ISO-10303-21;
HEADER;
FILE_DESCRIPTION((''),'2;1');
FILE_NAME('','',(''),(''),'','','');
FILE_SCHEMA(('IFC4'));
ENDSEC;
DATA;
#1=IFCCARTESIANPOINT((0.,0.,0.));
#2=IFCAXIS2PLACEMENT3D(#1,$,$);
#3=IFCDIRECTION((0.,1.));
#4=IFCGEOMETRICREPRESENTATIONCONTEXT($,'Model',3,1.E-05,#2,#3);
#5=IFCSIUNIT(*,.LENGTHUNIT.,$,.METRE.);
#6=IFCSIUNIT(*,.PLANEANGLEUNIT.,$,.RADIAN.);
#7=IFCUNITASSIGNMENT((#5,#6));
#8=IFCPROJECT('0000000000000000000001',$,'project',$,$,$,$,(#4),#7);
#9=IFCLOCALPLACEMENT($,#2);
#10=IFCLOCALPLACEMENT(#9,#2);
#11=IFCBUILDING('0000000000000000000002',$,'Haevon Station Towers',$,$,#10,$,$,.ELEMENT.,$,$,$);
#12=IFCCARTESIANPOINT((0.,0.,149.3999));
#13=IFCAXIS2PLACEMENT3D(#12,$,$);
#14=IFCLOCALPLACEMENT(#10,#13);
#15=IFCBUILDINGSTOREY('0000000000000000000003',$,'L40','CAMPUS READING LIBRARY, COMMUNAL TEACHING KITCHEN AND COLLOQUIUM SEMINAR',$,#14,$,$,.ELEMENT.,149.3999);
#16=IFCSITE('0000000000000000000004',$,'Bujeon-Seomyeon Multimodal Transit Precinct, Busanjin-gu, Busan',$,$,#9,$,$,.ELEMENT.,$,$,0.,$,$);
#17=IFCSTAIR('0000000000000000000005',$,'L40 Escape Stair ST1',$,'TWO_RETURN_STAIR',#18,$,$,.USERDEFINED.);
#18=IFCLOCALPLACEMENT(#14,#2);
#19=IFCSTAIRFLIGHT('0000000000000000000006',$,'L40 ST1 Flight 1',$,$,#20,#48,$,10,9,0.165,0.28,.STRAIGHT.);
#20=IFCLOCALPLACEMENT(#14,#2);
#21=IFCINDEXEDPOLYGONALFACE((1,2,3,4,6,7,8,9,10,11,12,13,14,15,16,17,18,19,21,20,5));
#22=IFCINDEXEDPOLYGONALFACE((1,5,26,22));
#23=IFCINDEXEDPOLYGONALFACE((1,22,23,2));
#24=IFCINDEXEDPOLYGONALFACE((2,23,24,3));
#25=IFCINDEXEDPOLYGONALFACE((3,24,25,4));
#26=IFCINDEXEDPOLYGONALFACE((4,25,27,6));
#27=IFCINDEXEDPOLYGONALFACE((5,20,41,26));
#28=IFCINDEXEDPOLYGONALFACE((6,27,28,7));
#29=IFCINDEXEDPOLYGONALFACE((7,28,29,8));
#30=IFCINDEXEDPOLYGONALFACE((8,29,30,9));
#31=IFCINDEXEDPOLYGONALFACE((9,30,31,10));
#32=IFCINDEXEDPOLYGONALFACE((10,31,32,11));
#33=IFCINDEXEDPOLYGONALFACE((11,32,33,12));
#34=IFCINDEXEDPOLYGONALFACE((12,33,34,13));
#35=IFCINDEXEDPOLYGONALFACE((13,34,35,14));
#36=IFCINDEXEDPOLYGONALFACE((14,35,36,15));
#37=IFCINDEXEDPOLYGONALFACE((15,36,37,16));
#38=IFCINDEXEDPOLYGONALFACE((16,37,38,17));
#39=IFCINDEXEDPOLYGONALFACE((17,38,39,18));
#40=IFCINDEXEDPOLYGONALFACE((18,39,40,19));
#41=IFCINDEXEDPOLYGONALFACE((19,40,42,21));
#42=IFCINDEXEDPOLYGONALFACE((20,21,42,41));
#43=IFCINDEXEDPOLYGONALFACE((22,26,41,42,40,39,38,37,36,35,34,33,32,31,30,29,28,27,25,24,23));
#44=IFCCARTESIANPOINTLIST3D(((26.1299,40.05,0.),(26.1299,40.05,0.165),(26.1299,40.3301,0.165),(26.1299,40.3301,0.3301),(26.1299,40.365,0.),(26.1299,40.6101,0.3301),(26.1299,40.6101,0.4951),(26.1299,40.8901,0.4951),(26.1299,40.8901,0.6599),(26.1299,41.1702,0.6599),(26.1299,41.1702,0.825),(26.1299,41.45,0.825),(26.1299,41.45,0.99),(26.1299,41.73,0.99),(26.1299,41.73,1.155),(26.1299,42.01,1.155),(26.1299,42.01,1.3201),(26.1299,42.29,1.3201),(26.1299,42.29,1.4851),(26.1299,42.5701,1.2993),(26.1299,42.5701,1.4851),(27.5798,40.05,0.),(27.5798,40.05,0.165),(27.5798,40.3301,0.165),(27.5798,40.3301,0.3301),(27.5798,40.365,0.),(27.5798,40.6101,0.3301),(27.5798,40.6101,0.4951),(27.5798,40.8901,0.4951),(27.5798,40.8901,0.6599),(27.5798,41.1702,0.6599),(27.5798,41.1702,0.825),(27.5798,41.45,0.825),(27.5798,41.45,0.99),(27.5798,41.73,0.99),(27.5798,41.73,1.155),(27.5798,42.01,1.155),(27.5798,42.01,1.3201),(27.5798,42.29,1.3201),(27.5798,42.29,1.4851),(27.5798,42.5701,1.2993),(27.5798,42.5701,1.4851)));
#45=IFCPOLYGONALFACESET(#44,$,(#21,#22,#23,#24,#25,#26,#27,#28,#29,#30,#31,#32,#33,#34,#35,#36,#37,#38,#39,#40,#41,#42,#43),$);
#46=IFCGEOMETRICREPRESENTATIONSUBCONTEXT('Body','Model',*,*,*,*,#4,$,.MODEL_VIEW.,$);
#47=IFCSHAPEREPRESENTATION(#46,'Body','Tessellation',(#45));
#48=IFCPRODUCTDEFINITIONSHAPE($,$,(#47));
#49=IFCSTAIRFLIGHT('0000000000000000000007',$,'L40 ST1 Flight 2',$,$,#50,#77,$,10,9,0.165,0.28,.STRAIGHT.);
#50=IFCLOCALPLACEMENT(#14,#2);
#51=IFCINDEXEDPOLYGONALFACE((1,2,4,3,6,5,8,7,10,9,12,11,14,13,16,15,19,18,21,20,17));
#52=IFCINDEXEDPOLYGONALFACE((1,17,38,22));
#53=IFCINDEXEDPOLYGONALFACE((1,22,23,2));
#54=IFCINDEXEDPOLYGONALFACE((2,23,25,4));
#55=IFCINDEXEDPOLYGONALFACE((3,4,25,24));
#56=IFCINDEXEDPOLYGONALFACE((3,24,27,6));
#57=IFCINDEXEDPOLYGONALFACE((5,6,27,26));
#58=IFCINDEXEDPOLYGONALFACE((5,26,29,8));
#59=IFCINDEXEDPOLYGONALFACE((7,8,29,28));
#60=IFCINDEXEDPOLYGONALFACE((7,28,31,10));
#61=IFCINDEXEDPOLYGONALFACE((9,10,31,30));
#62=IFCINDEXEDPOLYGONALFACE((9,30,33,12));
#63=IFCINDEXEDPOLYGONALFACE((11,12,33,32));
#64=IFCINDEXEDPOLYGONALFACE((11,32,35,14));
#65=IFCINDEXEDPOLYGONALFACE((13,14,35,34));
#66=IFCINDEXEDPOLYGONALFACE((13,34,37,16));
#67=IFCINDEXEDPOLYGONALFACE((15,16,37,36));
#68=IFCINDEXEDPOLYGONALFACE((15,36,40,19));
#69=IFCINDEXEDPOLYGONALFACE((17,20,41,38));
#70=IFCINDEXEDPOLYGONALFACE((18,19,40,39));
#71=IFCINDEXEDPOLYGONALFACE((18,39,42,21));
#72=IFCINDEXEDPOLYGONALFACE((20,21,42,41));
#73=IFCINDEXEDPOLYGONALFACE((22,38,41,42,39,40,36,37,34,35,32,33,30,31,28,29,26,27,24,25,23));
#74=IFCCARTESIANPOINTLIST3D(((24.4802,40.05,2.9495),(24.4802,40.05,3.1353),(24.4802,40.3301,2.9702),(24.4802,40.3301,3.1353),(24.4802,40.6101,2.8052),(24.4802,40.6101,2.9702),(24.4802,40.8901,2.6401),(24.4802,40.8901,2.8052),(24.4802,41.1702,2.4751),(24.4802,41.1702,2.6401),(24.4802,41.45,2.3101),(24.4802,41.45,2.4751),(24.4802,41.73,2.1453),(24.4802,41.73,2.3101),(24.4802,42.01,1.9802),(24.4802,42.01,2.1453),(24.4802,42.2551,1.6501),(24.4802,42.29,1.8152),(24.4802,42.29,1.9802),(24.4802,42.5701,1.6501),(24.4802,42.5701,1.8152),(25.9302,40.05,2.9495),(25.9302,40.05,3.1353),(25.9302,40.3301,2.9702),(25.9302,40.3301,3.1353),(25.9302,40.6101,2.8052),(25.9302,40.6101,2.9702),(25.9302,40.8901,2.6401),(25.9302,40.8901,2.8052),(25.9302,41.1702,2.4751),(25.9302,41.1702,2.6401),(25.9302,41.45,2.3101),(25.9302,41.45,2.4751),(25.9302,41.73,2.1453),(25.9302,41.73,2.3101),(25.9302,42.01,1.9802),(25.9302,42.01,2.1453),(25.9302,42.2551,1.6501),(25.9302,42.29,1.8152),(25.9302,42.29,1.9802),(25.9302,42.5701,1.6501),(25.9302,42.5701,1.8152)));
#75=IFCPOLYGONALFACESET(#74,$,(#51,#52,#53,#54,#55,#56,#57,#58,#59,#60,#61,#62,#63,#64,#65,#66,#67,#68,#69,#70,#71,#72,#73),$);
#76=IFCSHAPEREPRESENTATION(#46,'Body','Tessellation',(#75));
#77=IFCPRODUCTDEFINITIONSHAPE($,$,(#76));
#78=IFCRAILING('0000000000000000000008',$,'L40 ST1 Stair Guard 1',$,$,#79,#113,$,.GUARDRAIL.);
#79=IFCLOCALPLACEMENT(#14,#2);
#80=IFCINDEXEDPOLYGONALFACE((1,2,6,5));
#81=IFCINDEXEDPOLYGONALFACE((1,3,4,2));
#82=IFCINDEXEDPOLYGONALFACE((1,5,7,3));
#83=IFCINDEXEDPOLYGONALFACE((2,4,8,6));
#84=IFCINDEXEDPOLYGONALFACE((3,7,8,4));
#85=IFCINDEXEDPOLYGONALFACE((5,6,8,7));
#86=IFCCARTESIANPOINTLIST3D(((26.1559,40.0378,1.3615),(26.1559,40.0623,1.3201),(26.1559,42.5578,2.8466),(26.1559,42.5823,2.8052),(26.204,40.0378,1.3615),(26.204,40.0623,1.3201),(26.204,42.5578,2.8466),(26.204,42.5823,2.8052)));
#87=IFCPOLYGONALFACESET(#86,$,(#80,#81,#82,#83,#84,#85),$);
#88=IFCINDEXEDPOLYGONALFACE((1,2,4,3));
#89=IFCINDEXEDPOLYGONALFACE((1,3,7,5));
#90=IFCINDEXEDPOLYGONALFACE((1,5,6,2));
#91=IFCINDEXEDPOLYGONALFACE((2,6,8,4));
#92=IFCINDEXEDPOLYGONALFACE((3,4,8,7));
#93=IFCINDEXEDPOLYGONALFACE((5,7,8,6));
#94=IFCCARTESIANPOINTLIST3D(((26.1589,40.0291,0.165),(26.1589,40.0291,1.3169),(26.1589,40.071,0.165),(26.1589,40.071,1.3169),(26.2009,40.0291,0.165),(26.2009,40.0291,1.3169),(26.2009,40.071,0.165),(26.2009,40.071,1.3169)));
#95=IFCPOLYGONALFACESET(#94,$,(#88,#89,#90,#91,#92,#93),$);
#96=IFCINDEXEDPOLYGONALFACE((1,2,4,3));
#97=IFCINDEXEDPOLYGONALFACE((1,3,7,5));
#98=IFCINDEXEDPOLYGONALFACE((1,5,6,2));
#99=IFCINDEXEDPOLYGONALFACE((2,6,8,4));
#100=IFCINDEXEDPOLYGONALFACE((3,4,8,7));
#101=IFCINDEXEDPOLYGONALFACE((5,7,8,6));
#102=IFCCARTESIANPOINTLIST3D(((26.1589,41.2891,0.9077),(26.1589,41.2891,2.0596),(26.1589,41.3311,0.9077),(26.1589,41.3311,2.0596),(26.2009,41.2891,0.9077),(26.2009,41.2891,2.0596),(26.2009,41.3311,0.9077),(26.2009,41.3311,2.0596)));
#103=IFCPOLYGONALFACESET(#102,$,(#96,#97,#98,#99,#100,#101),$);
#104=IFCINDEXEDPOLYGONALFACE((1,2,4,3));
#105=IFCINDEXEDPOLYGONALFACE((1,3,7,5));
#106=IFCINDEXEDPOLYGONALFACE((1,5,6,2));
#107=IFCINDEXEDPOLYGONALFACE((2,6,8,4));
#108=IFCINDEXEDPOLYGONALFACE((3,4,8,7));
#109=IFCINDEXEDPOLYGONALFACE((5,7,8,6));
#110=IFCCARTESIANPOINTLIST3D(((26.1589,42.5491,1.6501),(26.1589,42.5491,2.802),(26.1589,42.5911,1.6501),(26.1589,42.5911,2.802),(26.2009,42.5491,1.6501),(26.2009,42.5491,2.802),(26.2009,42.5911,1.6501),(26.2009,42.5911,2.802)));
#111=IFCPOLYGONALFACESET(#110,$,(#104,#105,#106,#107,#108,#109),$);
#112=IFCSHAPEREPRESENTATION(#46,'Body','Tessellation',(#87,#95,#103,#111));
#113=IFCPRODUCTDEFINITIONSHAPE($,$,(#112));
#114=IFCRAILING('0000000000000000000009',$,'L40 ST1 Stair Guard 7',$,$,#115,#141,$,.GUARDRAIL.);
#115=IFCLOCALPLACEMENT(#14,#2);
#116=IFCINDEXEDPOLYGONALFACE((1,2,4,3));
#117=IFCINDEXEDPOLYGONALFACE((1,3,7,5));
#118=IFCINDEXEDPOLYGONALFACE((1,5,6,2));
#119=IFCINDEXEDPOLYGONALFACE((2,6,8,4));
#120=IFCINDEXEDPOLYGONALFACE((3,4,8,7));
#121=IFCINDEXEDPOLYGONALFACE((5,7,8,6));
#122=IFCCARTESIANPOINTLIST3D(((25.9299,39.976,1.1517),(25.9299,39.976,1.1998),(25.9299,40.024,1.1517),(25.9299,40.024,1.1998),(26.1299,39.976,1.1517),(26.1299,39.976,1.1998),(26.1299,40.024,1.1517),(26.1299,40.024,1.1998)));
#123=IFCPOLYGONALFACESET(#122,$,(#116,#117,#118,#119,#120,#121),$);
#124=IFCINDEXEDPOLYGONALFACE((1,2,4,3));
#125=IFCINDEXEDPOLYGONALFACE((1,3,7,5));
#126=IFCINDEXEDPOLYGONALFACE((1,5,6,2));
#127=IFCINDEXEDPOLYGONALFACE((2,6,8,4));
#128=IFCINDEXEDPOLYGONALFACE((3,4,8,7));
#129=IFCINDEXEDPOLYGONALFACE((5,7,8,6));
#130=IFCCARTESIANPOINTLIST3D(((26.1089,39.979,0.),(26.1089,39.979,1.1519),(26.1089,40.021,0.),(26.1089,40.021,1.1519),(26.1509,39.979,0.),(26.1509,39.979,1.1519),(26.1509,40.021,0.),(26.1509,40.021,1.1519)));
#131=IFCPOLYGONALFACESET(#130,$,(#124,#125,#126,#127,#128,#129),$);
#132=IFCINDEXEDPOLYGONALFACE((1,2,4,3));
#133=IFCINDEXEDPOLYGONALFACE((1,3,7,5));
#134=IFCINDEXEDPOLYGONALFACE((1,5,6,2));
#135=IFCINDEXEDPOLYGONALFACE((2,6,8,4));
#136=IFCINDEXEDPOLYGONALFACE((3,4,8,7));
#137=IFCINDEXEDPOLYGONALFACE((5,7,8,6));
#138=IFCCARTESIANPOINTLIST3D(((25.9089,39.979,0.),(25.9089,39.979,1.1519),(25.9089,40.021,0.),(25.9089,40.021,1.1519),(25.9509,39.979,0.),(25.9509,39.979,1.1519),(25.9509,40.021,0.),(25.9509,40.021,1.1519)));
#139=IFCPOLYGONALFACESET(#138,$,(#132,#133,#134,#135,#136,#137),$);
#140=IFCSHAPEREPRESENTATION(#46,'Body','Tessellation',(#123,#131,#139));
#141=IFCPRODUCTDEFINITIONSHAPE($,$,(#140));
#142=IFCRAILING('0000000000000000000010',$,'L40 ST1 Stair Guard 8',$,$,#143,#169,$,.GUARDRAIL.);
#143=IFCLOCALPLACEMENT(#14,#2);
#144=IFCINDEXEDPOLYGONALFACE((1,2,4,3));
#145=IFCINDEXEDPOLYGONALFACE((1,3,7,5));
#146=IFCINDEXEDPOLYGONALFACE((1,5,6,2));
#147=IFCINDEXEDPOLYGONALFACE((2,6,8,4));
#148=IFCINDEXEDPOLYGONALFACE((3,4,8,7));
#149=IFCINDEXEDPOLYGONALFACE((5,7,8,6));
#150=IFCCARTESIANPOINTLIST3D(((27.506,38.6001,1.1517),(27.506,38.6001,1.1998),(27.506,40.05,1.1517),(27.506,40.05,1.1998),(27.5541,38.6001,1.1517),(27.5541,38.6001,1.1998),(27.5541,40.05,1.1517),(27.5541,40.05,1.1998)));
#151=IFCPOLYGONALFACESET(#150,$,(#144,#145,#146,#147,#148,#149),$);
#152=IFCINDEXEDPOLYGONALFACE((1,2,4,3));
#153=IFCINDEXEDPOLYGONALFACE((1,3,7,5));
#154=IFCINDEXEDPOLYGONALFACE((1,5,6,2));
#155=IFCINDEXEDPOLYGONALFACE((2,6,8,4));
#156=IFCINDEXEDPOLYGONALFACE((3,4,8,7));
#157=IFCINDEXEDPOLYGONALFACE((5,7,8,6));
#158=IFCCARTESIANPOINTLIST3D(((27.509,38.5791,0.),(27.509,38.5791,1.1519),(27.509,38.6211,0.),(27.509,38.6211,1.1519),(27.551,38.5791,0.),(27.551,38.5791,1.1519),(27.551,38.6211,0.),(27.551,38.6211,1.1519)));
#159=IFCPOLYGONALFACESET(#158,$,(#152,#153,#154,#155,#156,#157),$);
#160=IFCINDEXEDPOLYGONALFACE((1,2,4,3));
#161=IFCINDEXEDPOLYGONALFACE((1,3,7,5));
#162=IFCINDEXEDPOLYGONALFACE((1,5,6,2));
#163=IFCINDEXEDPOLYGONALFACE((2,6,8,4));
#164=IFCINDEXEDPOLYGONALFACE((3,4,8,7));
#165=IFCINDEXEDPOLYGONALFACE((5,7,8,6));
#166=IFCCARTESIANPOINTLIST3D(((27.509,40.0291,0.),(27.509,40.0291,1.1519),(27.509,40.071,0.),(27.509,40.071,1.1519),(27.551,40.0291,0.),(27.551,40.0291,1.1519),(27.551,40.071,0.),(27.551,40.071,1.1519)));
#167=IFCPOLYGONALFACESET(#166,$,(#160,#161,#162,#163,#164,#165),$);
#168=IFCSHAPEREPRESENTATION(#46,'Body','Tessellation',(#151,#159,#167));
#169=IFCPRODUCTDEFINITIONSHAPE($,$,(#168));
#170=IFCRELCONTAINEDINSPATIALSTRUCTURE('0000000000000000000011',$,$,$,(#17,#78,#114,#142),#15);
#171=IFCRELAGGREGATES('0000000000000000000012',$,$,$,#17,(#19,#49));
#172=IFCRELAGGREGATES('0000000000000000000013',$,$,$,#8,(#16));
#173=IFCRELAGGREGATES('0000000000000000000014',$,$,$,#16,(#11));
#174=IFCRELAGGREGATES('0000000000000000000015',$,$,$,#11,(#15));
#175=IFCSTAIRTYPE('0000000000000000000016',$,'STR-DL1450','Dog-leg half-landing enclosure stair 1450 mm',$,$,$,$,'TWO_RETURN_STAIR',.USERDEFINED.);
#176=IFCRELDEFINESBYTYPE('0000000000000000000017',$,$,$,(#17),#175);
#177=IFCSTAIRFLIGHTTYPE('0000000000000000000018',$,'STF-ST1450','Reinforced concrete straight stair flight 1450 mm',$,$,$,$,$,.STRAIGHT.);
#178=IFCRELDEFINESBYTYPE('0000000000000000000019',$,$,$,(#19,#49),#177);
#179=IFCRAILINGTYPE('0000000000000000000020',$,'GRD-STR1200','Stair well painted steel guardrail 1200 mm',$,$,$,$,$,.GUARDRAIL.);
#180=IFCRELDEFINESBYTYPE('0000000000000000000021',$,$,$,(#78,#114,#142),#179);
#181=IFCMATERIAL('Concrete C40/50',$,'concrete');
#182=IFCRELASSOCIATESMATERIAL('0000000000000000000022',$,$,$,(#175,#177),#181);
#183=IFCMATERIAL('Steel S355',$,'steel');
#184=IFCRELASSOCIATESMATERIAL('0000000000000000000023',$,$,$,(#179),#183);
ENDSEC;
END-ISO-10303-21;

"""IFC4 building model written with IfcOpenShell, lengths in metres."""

from ifc_helpers import new_model, si_unit, direction, frame, origin, origin_2d, place, context, subcontext, project, spatial, polyline, rectangle, outline, extrude, material, type_object, element, aggregate, save


model = new_model("IFC4")

# Units and contexts
model_context = context("Model", 3, precision=1e-05, world=origin(), true_north=direction((0.0, 1.0)))
body_context = subcontext(model_context, "Body", "Model", "MODEL_VIEW")
ifc_project = project(units=[si_unit("LENGTHUNIT", "METRE"), si_unit("PLANEANGLEUNIT", "RADIAN")], contexts=[model_context])

# Site, building, storey
site_placement = place(None, origin())
site = spatial("IfcSite", under=ifc_project, at=site_placement, Name="Bujeon-Seomyeon Multimodal Transit Precinct, Busanjin-gu, Busan", CompositionType="ELEMENT", RefElevation=0.0)
building_placement = place(site_placement, origin())
building = spatial("IfcBuilding", under=site, at=building_placement, Name="Haevon Station Towers", CompositionType="ELEMENT")
storey_placement = place(building_placement, frame((0.0, 0.0, 149.3999)))
storey = spatial("IfcBuildingStorey", under=building, at=storey_placement, Name="L40", Description="CAMPUS READING LIBRARY, COMMUNAL TEACHING KITCHEN AND COLLOQUIUM SEMINAR", CompositionType="ELEMENT", Elevation=149.3999)

# Shared definitions
ifc_material_1 = material(Name="Steel S355", Category="steel")

# Stair, stair flights
ifc_material_2 = material(Name="Concrete C40/50", Category="concrete")
stair_type = type_object("IfcStairType", Name="STR-DL1450", Description="Dog-leg half-landing enclosure stair 1450 mm", ElementType="TWO_RETURN_STAIR", PredefinedType="USERDEFINED", material=ifc_material_2)
stair_placement = place(storey_placement, origin())
stair = element("IfcStair", 1, at=stair_placement, inside=storey, type_object=stair_type, Name="L40 Escape Stair ST1", ObjectType="TWO_RETURN_STAIR", PredefinedType="USERDEFINED")
stair_flight_type = type_object("IfcStairFlightType", Name="STF-ST1450", Description="Reinforced concrete straight stair flight 1450 mm", PredefinedType="STRAIGHT", material=ifc_material_2)
stair_flight_1_placement = place(storey_placement, frame((26.855, 40.05, 0.0), z_axis=(0.0, 0.0, 1.0), x_axis=(0.0, 1.0, 0.0)))
stair_flight_1 = element("IfcStairFlight", 2, at=stair_flight_1_placement, type_object=stair_flight_type, Name="L40 ST1 Flight 1", NumberOfRisers=10, NumberOfTreads=9, PredefinedType="STRAIGHT", RiserHeight=0.165, TreadLength=0.28, context=body_context, shape_type="SweptSolid", body=[
    extrude(outline(polyline([(0.0, 0.0), (0.0, 0.165), (0.28, 0.165), (0.28, 0.3301), (0.5601, 0.3301), (0.5601, 0.4951), (0.8401, 0.4951), (0.8401, 0.6599), (1.1201, 0.6599), (1.1201, 0.825), (1.3999, 0.825), (1.3999, 0.99), (1.6799, 0.99), (1.6799, 1.155), (1.96, 1.155), (1.96, 1.3201), (2.24, 1.3201), (2.24, 1.4851), (2.52, 1.4851), (2.52, 1.6499), (2.52, 1.2993), (0.3149, 0.0), (0.0, 0.0)])), frame((0.0, 0.7251, 0.0), z_axis=(0.0, -1.0, 0.0), x_axis=(1.0, 0.0, 0.0)), (0.0, 0.0, 1.0), 1.45),
])
stair_flight_2_placement = place(storey_placement, frame((25.2051, 42.5701, 1.6501), z_axis=(0.0, 0.0, 1.0), x_axis=(0.0, -1.0, 0.0)))
stair_flight_2 = element("IfcStairFlight", 3, at=stair_flight_2_placement, type_object=stair_flight_type, Name="L40 ST1 Flight 2", NumberOfRisers=10, NumberOfTreads=9, PredefinedType="STRAIGHT", RiserHeight=0.165, TreadLength=0.28, context=body_context, shape_type="SweptSolid", body=[
    extrude(outline(polyline([(0.0, 0.0), (0.0, 0.165), (0.28, 0.165), (0.28, 0.3301), (0.5601, 0.3301), (0.5601, 0.4951), (0.8401, 0.4951), (0.8401, 0.6599), (1.1201, 0.6599), (1.1201, 0.825), (1.3999, 0.825), (1.3999, 0.99), (1.6799, 0.99), (1.6799, 1.155), (1.96, 1.155), (1.96, 1.3201), (2.24, 1.3201), (2.24, 1.4851), (2.52, 1.4851), (2.52, 1.6499), (2.52, 1.2993), (0.3149, 0.0), (0.0, 0.0)])), frame((0.0, 0.7251, 0.0), z_axis=(0.0, -1.0, 0.0), x_axis=(1.0, 0.0, 0.0)), (0.0, 0.0, 1.0), 1.45),
])
aggregate(stair, [stair_flight_1, stair_flight_2])

# Railings
railing_type_1 = type_object("IfcRailingType", Name="GRD-STR1200", Description="Stair well painted steel guardrail 1200 mm", PredefinedType="GUARDRAIL", material=ifc_material_1)
railing_1_placement = place(storey_placement, frame((26.1799, 40.05, 0.165)))
element("IfcRailing", 4, at=railing_1_placement, inside=storey, type_object=railing_type_1, Name="L40 ST1 Stair Guard 1", PredefinedType="GUARDRAIL", context=body_context, shape_type="SweptSolid", body=[
    extrude(rectangle(XDim=0.0481, YDim=0.0481, at=origin_2d()), frame((0.0, 0.0, 1.1758), z_axis=(0.0, 0.861524, 0.507717), x_axis=(-1.0, 0.0, 0.0)), (0.0, 0.0, 1.0), 2.925),
    extrude(rectangle(XDim=0.042, YDim=0.042, at=origin_2d()), origin(), (0.0, 0.0, 1.0), 1.1519),
    extrude(rectangle(XDim=0.042, YDim=0.042, at=origin_2d()), frame((0.0, 1.26, 0.7427)), (0.0, 0.0, 1.0), 1.1519),
    extrude(rectangle(XDim=0.042, YDim=0.042, at=origin_2d()), frame((0.0, 2.52, 1.4851)), (0.0, 0.0, 1.0), 1.1519),
])
railing_2_placement = place(storey_placement, frame((26.1299, 40.0, 0.0)))
element("IfcRailing", 5, at=railing_2_placement, inside=storey, type_object=railing_type_1, Name="L40 ST1 Stair Guard 7", PredefinedType="GUARDRAIL", context=body_context, shape_type="SweptSolid", body=[
    extrude(rectangle(XDim=0.0481, YDim=0.0481, at=origin_2d()), frame((0.0, 0.0, 1.1758), z_axis=(-1.0, 0.0, 0.0), x_axis=(0.0, -1.0, 0.0)), (0.0, 0.0, 1.0), 0.2),
    extrude(rectangle(XDim=0.042, YDim=0.042, at=origin_2d()), origin(), (0.0, 0.0, 1.0), 1.1519),
    extrude(rectangle(XDim=0.042, YDim=0.042, at=origin_2d()), frame((-0.2, 0.0, 0.0)), (0.0, 0.0, 1.0), 1.1519),
])
railing_3_placement = place(storey_placement, frame((27.53, 38.6001, 0.0)))
element("IfcRailing", 6, at=railing_3_placement, inside=storey, type_object=railing_type_1, Name="L40 ST1 Stair Guard 8", PredefinedType="GUARDRAIL", context=body_context, shape_type="SweptSolid", body=[
    extrude(rectangle(XDim=0.0481, YDim=0.0481, at=origin_2d()), frame((0.0, 0.0, 1.1758), z_axis=(0.0, 1.0, 0.0), x_axis=(-1.0, 0.0, 0.0)), (0.0, 0.0, 1.0), 1.45),
    extrude(rectangle(XDim=0.042, YDim=0.042, at=origin_2d()), origin(), (0.0, 0.0, 1.0), 1.1519),
    extrude(rectangle(XDim=0.042, YDim=0.042, at=origin_2d()), frame((0.0, 1.45, 0.0)), (0.0, 0.0, 1.0), 1.1519),
])

save(model, "model.ifc")
